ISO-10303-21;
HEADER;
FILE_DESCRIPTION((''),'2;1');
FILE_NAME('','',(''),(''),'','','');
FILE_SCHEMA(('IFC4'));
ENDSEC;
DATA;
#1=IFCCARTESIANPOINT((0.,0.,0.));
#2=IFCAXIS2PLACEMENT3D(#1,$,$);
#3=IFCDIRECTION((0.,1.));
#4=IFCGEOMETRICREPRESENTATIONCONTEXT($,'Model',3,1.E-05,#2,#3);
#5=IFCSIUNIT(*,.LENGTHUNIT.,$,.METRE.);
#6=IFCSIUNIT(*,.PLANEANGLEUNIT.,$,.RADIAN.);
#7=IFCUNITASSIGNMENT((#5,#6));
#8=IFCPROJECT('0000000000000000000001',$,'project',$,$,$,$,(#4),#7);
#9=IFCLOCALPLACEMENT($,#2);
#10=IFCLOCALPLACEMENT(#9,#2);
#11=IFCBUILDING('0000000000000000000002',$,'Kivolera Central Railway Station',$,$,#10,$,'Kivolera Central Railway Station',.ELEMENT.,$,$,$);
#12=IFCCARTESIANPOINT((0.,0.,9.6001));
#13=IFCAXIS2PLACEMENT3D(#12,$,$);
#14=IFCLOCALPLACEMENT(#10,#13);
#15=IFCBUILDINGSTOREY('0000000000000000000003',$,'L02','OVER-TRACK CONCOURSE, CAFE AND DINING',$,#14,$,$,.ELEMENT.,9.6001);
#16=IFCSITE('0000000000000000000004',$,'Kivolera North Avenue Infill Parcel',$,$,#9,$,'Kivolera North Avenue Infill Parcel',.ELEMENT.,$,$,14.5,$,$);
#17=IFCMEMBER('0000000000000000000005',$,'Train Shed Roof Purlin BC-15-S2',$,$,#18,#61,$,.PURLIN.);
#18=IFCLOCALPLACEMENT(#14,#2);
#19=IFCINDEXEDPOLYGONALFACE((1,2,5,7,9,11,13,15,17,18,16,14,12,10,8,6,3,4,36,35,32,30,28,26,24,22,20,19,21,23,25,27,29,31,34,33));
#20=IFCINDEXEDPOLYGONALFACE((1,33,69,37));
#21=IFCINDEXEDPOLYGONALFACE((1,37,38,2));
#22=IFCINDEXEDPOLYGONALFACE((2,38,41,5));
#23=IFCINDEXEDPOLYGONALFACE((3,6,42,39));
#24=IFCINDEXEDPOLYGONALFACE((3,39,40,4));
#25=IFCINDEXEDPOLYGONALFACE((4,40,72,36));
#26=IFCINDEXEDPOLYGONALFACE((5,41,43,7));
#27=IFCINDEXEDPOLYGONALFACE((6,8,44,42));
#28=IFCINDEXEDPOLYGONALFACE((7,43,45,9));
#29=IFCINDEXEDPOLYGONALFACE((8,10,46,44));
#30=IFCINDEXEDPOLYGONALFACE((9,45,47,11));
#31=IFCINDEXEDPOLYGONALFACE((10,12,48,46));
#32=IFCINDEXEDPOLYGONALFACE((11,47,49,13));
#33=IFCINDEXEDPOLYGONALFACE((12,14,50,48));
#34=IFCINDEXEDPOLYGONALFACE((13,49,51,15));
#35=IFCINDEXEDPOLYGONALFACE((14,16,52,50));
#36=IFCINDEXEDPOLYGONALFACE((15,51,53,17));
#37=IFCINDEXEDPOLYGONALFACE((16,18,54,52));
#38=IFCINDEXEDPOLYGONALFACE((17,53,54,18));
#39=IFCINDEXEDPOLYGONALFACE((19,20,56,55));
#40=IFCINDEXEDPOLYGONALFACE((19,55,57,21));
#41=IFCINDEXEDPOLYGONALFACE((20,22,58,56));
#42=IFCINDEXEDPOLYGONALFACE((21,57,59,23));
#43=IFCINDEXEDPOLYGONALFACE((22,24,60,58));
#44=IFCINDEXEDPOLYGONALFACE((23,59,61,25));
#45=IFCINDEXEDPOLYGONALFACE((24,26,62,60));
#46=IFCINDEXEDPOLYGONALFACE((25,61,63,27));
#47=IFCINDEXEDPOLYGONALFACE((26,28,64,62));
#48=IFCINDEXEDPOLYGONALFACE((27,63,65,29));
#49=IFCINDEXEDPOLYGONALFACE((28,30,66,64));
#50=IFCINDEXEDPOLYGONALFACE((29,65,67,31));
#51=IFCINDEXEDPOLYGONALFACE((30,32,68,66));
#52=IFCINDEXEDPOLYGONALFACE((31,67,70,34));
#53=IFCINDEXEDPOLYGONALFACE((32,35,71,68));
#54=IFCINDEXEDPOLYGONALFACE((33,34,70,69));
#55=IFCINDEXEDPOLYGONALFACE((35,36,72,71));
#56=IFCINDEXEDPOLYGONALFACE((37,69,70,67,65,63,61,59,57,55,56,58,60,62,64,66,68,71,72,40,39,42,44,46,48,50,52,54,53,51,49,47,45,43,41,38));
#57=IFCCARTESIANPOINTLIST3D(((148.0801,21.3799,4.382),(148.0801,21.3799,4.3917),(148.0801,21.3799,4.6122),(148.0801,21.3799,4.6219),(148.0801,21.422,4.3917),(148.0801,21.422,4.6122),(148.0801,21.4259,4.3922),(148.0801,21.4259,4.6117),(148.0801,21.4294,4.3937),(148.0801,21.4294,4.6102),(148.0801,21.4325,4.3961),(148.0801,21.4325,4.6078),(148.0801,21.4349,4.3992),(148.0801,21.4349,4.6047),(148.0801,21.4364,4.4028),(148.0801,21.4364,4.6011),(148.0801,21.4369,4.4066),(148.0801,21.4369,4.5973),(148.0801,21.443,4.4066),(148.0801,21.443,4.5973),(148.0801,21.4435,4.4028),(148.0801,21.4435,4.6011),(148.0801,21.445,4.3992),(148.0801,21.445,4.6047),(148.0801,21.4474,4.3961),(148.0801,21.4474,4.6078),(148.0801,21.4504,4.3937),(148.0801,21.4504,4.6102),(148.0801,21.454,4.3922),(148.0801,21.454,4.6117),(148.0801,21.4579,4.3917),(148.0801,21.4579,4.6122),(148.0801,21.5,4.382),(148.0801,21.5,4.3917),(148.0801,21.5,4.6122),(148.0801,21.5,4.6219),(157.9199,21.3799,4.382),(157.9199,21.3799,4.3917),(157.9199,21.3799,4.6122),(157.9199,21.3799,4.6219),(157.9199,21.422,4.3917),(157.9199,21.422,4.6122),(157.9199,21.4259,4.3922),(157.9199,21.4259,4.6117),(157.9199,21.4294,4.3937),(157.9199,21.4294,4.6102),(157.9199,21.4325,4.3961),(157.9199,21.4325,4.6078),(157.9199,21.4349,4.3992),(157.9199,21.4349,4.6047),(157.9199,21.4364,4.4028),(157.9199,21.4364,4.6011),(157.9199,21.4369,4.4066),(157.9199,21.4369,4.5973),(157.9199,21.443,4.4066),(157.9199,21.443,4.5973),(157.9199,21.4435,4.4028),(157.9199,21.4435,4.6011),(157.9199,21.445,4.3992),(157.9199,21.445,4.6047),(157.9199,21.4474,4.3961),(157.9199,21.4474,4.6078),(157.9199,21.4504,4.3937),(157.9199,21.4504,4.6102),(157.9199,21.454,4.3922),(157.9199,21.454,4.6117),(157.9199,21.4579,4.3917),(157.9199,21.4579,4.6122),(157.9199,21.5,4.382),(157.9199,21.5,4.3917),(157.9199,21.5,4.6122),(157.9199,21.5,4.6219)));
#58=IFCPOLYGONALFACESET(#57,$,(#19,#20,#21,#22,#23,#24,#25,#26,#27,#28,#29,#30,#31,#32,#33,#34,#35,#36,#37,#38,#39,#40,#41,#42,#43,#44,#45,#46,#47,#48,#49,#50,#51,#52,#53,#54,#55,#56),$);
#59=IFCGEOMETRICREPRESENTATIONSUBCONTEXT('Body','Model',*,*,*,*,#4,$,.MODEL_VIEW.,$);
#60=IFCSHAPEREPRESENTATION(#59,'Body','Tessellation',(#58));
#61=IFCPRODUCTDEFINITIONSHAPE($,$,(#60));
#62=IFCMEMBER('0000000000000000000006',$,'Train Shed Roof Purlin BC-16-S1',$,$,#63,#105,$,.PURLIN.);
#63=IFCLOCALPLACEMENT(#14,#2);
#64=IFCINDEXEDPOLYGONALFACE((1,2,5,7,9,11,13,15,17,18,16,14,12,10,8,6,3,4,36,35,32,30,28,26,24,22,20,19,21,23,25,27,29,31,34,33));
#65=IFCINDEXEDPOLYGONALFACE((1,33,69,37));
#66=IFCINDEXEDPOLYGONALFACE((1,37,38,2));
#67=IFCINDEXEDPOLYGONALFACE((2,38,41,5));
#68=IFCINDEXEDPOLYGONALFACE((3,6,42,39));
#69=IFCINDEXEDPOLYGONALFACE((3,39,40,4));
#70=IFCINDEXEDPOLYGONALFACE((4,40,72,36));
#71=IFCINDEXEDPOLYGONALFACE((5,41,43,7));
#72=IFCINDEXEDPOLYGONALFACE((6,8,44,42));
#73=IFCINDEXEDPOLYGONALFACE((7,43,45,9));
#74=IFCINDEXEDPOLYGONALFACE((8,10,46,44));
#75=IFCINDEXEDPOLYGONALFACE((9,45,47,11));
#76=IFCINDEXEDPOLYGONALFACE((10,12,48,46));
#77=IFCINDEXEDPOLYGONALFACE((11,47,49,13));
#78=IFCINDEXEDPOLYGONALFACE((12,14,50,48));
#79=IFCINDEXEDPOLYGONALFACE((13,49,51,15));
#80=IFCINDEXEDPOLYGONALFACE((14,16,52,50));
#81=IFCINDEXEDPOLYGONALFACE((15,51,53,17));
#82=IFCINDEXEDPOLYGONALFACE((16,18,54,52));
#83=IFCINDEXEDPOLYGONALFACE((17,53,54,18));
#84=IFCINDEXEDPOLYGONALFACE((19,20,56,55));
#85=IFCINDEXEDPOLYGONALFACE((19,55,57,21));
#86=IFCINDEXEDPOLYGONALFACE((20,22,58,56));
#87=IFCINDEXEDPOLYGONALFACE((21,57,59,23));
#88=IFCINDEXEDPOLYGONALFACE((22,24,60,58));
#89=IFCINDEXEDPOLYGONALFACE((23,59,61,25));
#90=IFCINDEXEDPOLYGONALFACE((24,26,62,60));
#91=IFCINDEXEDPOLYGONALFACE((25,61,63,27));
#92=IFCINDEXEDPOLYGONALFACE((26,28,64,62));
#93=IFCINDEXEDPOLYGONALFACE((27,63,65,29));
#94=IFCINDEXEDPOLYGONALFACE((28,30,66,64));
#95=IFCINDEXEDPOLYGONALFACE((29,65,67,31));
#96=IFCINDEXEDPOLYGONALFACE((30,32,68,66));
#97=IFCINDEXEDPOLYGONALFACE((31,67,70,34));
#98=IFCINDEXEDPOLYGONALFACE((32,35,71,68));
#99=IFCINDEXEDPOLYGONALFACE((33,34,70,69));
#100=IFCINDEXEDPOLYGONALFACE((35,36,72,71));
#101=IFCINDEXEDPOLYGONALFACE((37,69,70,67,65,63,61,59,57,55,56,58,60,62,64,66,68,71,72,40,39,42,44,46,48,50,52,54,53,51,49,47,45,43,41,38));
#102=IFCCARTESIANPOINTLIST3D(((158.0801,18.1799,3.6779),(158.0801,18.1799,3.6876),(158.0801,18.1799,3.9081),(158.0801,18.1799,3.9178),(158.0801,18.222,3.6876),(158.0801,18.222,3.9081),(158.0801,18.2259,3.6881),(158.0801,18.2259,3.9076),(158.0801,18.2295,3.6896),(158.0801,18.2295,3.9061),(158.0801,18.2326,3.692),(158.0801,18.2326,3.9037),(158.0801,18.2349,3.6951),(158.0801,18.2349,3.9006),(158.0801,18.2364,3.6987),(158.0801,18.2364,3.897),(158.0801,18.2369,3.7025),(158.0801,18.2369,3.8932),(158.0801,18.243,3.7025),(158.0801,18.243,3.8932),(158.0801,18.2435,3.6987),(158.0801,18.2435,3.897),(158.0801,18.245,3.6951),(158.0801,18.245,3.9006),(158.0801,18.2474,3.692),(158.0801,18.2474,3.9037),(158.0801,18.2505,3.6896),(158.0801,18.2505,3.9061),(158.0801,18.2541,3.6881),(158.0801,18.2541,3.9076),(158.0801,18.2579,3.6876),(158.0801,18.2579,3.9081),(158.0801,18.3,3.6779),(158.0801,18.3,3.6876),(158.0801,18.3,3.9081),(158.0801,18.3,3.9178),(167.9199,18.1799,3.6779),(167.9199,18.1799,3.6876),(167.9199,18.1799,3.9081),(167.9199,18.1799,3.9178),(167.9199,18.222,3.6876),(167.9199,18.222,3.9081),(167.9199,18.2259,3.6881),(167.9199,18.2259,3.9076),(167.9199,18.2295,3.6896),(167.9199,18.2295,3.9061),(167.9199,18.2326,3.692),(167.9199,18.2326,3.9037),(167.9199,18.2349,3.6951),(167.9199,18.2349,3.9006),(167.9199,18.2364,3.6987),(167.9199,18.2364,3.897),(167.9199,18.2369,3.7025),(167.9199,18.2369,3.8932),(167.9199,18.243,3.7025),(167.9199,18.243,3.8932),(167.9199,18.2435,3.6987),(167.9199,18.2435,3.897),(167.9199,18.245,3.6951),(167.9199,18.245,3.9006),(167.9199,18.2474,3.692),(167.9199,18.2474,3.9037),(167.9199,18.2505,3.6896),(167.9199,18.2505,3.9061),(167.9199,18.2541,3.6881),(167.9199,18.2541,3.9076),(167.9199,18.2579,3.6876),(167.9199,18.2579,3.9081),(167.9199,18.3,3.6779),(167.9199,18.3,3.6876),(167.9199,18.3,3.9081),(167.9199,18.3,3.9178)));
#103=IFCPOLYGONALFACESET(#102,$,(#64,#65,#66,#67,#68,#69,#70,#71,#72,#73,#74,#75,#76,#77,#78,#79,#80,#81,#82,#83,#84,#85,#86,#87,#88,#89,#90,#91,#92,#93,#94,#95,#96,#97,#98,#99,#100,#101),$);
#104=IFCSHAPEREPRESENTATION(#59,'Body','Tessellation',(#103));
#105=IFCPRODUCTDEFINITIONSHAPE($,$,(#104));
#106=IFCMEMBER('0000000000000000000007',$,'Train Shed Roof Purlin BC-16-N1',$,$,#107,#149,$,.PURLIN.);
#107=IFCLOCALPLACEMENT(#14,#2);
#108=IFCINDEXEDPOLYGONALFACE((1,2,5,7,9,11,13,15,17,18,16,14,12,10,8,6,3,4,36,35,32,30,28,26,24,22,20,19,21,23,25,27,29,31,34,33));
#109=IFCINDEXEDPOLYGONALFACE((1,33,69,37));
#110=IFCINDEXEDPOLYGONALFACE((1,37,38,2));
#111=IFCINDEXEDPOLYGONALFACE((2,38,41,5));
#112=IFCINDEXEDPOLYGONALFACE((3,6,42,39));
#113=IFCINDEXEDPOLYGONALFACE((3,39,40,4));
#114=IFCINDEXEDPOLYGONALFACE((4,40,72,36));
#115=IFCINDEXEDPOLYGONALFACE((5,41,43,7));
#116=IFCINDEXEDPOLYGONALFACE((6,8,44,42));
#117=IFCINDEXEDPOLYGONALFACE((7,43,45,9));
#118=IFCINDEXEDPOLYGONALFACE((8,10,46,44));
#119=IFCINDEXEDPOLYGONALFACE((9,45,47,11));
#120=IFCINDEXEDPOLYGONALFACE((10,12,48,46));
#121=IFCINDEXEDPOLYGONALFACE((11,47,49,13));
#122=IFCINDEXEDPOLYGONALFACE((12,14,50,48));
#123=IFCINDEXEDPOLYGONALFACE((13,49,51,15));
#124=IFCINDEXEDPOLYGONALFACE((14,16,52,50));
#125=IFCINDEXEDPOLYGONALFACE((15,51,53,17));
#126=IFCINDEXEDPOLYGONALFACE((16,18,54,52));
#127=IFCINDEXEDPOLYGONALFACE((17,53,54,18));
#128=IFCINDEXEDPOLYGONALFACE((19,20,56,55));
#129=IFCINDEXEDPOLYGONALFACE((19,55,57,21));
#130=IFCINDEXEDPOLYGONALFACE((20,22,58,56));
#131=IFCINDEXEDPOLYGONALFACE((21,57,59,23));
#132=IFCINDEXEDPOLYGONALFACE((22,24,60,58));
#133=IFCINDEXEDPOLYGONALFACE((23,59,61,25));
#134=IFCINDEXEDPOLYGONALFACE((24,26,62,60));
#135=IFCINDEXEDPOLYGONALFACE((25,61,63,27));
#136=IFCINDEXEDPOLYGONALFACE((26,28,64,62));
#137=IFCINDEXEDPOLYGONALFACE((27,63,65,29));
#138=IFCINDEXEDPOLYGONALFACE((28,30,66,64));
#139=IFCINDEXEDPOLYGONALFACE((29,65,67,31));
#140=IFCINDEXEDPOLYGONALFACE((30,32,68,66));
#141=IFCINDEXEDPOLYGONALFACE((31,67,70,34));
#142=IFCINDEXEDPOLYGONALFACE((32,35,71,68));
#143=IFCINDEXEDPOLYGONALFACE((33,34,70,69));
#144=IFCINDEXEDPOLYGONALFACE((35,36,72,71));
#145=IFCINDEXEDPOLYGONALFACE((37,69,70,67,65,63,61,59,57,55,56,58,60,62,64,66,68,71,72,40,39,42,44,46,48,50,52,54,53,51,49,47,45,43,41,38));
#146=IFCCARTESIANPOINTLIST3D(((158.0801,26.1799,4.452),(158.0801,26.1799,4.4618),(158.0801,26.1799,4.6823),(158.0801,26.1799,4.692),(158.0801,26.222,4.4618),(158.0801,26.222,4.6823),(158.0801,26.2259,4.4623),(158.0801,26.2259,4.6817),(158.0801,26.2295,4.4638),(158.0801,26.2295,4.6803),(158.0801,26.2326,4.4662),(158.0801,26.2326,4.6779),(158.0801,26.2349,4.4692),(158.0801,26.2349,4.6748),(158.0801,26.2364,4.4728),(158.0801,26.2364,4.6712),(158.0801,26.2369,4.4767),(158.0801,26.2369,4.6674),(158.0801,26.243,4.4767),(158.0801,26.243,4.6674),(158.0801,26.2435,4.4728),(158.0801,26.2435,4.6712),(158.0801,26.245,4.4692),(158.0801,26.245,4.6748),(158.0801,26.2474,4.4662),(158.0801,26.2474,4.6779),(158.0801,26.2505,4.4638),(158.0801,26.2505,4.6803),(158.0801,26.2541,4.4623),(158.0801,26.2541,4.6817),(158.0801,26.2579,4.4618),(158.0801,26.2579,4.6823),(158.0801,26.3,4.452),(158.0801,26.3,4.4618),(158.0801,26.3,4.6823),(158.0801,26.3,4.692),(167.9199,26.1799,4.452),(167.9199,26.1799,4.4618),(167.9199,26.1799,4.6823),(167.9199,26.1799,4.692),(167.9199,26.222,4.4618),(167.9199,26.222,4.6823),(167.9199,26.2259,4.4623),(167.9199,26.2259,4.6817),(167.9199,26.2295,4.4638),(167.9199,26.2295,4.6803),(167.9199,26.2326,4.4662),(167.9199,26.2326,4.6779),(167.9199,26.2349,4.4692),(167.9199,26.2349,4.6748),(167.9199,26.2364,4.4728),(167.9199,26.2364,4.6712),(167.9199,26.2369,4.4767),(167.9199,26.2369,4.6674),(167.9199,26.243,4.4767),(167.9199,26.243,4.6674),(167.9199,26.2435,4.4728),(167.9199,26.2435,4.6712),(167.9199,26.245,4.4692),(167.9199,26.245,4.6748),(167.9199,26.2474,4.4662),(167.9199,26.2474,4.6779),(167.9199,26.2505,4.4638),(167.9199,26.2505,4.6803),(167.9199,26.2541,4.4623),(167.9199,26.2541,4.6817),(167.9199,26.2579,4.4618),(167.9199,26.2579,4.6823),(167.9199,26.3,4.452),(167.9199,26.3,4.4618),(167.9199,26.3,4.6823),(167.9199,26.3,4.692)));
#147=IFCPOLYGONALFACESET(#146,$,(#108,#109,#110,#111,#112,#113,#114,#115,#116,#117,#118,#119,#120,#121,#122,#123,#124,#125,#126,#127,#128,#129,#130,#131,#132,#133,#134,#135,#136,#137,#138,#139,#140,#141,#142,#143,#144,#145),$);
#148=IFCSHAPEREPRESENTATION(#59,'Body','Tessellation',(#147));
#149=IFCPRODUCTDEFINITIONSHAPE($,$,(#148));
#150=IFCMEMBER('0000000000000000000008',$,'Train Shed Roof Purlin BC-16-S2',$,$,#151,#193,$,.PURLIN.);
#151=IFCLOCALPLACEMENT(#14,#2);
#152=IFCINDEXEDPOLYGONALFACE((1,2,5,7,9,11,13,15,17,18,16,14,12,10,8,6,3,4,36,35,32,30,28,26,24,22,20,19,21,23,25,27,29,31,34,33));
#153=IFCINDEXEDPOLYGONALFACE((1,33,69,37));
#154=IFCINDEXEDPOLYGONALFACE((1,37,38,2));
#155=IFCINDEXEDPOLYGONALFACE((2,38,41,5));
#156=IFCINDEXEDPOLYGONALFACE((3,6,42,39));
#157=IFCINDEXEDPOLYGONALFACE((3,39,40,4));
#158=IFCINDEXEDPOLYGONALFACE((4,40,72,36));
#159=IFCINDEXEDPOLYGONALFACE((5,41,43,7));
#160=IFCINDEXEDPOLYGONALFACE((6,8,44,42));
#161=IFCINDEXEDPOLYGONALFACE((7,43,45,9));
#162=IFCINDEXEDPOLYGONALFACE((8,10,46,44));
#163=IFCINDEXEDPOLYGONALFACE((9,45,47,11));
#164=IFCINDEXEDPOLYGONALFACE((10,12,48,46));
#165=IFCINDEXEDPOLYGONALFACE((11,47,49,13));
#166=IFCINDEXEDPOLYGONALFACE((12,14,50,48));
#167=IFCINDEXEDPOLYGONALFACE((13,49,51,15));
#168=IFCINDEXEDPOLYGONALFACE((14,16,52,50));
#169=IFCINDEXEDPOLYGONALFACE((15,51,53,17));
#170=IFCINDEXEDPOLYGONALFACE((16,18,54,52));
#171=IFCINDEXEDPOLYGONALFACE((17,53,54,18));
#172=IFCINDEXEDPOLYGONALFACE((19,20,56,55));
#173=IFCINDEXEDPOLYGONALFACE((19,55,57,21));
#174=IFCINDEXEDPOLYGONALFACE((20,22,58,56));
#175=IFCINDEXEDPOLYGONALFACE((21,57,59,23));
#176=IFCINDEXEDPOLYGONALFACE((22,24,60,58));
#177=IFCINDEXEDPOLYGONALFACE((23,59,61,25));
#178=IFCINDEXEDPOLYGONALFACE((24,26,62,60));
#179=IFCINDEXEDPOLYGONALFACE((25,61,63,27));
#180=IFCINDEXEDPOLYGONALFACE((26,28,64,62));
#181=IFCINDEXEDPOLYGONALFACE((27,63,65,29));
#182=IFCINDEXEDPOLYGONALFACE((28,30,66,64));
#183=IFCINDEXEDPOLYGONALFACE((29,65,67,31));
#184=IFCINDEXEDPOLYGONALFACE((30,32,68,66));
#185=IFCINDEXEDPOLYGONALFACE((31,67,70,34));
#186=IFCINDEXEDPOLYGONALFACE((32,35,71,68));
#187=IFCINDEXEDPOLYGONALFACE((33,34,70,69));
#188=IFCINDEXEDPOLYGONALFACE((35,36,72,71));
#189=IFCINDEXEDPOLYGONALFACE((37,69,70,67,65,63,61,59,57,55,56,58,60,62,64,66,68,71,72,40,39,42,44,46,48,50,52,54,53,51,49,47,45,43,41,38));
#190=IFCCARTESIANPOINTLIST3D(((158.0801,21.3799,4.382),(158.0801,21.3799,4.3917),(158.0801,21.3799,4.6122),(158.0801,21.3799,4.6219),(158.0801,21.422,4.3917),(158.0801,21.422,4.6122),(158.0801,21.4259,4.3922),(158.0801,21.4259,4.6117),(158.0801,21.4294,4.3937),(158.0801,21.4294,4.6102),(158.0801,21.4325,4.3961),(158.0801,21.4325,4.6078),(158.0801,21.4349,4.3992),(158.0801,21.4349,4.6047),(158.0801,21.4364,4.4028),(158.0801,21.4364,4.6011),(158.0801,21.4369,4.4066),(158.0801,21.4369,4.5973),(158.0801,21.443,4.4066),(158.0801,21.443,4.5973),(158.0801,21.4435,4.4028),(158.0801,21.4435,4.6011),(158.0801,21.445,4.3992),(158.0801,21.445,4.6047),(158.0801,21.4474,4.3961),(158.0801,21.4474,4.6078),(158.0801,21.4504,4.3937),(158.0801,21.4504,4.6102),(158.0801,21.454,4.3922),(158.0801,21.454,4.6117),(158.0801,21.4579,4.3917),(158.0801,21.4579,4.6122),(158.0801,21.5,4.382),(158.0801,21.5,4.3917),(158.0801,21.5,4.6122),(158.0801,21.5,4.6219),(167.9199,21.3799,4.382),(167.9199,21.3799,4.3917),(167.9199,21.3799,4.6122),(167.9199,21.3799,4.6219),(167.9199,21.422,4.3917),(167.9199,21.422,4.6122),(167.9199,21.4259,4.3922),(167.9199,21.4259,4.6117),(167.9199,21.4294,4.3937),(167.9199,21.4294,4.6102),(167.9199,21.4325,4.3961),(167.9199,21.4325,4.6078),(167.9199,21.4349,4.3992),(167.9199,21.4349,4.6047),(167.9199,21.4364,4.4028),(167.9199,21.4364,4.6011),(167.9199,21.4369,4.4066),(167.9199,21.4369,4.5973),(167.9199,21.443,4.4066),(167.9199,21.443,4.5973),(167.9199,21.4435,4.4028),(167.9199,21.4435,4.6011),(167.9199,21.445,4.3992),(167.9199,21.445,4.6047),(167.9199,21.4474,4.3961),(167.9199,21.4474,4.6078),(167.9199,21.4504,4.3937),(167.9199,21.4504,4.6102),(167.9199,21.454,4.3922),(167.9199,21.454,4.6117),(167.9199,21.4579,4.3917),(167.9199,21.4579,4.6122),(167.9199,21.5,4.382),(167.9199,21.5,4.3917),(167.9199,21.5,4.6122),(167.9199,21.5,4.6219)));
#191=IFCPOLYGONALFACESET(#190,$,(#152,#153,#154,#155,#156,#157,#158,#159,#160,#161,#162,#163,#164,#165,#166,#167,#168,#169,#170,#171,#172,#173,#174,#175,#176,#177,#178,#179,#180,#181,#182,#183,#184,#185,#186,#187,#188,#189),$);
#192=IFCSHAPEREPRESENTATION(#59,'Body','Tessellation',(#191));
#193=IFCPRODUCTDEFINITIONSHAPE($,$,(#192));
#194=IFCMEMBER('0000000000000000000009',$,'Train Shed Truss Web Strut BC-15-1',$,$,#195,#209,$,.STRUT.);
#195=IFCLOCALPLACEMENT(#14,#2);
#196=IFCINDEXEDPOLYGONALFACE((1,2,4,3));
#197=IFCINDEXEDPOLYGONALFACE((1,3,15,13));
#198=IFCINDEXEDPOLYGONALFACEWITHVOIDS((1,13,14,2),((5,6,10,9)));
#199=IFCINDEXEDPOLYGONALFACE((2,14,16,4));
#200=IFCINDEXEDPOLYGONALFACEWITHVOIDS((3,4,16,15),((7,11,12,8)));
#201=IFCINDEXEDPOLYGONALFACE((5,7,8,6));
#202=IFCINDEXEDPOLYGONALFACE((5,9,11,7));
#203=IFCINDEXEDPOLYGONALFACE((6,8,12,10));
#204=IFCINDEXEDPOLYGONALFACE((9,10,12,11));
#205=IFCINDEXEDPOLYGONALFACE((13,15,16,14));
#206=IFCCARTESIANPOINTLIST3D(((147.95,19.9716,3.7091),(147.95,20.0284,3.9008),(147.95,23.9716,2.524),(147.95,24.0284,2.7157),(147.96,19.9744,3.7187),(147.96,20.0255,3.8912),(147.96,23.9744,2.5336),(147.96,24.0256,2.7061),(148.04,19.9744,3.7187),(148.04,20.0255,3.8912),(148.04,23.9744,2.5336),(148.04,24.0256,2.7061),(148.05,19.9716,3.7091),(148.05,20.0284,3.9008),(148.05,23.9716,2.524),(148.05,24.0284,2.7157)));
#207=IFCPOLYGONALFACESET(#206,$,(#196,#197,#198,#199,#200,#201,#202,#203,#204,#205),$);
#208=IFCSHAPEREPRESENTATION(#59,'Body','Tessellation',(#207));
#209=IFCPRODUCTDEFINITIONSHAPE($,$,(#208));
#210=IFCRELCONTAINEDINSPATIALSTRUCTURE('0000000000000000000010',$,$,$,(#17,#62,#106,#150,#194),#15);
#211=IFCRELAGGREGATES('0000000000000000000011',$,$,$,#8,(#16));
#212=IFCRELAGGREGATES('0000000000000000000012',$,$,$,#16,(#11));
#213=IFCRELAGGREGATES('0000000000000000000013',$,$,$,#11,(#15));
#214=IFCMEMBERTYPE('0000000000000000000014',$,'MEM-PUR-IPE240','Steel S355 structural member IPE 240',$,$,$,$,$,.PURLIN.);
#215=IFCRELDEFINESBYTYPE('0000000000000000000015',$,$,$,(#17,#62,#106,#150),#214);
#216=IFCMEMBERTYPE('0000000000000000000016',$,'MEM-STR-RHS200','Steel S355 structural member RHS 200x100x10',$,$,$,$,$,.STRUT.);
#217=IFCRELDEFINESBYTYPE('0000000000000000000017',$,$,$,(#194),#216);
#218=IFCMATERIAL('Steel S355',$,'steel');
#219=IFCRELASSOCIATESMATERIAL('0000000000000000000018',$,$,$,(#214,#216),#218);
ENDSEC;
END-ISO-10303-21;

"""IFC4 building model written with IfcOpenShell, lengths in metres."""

from ifc_helpers import new_model, si_unit, direction, frame, origin, origin_2d, place, context, subcontext, project, spatial, hollow_rectangle, i_section, extrude, material, material_profile, profile_set, type_object, element, save


model = new_model("IFC4")

# Units and contexts
model_context = context("Model", 3, precision=1e-05, world=origin(), true_north=direction((0.0, 1.0)))
body_context = subcontext(model_context, "Body", "Model", "MODEL_VIEW")
ifc_project = project(units=[si_unit("LENGTHUNIT", "METRE"), si_unit("PLANEANGLEUNIT", "RADIAN")], contexts=[model_context])

# Site, building, storey
site_placement = place(None, origin())
site = spatial("IfcSite", under=ifc_project, at=site_placement, Name="Kivolera North Avenue Infill Parcel", LongName="Kivolera North Avenue Infill Parcel", CompositionType="ELEMENT", RefElevation=14.5)
building_placement = place(site_placement, origin())
building = spatial("IfcBuilding", under=site, at=building_placement, Name="Kivolera Central Railway Station", LongName="Kivolera Central Railway Station", CompositionType="ELEMENT")
storey_placement = place(building_placement, frame((0.0, 0.0, 9.6001)))
storey = spatial("IfcBuildingStorey", under=building, at=storey_placement, Name="L02", Description="OVER-TRACK CONCOURSE, CAFE AND DINING", CompositionType="ELEMENT", Elevation=9.6001)

# Shared definitions
ifc_material_1 = material(Name="Steel S355", Category="steel")

# Members
ifc_material_profile_1 = material_profile(ifc_material_1, i_section(OverallWidth=0.1201, OverallDepth=0.24, WebThickness=0.0061, FlangeThickness=0.0098, FilletRadius=0.0149, at=origin_2d()), Name="IPE 240")
ifc_profile_set_1 = profile_set([ifc_material_profile_1], Name="Steel S355")
member_type_1 = type_object("IfcMemberType", Name="MEM-PUR-IPE240", Description="Steel S355 structural member IPE 240", PredefinedType="PURLIN", material=ifc_profile_set_1)
for number, where, z_axis, x_axis, name in (
    (1, (148.0801, 21.4399, 4.502), (1.0, 0.0, 0.0), (0.0, 1.0, 0.0), "Train Shed Roof Purlin BC-15-S2"),
    (2, (158.0801, 18.24, 3.7979), (1.0, 0.0, 0.0), (0.0, 1.0, 0.0), "Train Shed Roof Purlin BC-16-S1"),
    (3, (158.0801, 26.24, 4.572), (1.0, 0.0, 0.0), (0.0, 1.0, 0.0), "Train Shed Roof Purlin BC-16-N1"),
    (4, (158.0801, 21.4399, 4.502), (1.0, 0.0, 0.0), (0.0, 1.0, 0.0), "Train Shed Roof Purlin BC-16-S2"),
):
    element("IfcMember", number, at=place(storey_placement, frame(where, z_axis=z_axis, x_axis=x_axis)), inside=storey, type_object=member_type_1, Name=name, PredefinedType="PURLIN", context=body_context, shape_type="SweptSolid", body=[
        extrude(i_section(OverallWidth=0.1201, OverallDepth=0.24, WebThickness=0.0061, FlangeThickness=0.0098, FilletRadius=0.0149, at=origin_2d()), origin(), (0.0, 0.0, 1.0), 9.8398),
    ])
ifc_material_profile_2 = material_profile(ifc_material_1, hollow_rectangle(XDim=0.1001, YDim=0.2, WallThickness=0.01, at=origin_2d()), Name="RHS 200x100x10")
ifc_profile_set_2 = profile_set([ifc_material_profile_2], Name="Steel S355")
member_type_2 = type_object("IfcMemberType", Name="MEM-STR-RHS200", Description="Steel S355 structural member RHS 200x100x10", PredefinedType="STRUT", material=ifc_profile_set_2)
for number, where, z_axis, x_axis, name in (
    (5, (148.0, 24.0, 2.6199), (0.0, -0.958806, 0.28406), (1.0, 0.0, 0.0), "Train Shed Truss Web Strut BC-15-1"),
):
    element("IfcMember", number, at=place(storey_placement, frame(where, z_axis=z_axis, x_axis=x_axis)), inside=storey, type_object=member_type_2, Name=name, PredefinedType="STRUT", context=body_context, shape_type="SweptSolid", body=[
        extrude(hollow_rectangle(XDim=0.1001, YDim=0.2, WallThickness=0.01, at=origin_2d()), origin(), (0.0, 0.0, 1.0), 4.1719),
    ])

save(model, "model.ifc")
